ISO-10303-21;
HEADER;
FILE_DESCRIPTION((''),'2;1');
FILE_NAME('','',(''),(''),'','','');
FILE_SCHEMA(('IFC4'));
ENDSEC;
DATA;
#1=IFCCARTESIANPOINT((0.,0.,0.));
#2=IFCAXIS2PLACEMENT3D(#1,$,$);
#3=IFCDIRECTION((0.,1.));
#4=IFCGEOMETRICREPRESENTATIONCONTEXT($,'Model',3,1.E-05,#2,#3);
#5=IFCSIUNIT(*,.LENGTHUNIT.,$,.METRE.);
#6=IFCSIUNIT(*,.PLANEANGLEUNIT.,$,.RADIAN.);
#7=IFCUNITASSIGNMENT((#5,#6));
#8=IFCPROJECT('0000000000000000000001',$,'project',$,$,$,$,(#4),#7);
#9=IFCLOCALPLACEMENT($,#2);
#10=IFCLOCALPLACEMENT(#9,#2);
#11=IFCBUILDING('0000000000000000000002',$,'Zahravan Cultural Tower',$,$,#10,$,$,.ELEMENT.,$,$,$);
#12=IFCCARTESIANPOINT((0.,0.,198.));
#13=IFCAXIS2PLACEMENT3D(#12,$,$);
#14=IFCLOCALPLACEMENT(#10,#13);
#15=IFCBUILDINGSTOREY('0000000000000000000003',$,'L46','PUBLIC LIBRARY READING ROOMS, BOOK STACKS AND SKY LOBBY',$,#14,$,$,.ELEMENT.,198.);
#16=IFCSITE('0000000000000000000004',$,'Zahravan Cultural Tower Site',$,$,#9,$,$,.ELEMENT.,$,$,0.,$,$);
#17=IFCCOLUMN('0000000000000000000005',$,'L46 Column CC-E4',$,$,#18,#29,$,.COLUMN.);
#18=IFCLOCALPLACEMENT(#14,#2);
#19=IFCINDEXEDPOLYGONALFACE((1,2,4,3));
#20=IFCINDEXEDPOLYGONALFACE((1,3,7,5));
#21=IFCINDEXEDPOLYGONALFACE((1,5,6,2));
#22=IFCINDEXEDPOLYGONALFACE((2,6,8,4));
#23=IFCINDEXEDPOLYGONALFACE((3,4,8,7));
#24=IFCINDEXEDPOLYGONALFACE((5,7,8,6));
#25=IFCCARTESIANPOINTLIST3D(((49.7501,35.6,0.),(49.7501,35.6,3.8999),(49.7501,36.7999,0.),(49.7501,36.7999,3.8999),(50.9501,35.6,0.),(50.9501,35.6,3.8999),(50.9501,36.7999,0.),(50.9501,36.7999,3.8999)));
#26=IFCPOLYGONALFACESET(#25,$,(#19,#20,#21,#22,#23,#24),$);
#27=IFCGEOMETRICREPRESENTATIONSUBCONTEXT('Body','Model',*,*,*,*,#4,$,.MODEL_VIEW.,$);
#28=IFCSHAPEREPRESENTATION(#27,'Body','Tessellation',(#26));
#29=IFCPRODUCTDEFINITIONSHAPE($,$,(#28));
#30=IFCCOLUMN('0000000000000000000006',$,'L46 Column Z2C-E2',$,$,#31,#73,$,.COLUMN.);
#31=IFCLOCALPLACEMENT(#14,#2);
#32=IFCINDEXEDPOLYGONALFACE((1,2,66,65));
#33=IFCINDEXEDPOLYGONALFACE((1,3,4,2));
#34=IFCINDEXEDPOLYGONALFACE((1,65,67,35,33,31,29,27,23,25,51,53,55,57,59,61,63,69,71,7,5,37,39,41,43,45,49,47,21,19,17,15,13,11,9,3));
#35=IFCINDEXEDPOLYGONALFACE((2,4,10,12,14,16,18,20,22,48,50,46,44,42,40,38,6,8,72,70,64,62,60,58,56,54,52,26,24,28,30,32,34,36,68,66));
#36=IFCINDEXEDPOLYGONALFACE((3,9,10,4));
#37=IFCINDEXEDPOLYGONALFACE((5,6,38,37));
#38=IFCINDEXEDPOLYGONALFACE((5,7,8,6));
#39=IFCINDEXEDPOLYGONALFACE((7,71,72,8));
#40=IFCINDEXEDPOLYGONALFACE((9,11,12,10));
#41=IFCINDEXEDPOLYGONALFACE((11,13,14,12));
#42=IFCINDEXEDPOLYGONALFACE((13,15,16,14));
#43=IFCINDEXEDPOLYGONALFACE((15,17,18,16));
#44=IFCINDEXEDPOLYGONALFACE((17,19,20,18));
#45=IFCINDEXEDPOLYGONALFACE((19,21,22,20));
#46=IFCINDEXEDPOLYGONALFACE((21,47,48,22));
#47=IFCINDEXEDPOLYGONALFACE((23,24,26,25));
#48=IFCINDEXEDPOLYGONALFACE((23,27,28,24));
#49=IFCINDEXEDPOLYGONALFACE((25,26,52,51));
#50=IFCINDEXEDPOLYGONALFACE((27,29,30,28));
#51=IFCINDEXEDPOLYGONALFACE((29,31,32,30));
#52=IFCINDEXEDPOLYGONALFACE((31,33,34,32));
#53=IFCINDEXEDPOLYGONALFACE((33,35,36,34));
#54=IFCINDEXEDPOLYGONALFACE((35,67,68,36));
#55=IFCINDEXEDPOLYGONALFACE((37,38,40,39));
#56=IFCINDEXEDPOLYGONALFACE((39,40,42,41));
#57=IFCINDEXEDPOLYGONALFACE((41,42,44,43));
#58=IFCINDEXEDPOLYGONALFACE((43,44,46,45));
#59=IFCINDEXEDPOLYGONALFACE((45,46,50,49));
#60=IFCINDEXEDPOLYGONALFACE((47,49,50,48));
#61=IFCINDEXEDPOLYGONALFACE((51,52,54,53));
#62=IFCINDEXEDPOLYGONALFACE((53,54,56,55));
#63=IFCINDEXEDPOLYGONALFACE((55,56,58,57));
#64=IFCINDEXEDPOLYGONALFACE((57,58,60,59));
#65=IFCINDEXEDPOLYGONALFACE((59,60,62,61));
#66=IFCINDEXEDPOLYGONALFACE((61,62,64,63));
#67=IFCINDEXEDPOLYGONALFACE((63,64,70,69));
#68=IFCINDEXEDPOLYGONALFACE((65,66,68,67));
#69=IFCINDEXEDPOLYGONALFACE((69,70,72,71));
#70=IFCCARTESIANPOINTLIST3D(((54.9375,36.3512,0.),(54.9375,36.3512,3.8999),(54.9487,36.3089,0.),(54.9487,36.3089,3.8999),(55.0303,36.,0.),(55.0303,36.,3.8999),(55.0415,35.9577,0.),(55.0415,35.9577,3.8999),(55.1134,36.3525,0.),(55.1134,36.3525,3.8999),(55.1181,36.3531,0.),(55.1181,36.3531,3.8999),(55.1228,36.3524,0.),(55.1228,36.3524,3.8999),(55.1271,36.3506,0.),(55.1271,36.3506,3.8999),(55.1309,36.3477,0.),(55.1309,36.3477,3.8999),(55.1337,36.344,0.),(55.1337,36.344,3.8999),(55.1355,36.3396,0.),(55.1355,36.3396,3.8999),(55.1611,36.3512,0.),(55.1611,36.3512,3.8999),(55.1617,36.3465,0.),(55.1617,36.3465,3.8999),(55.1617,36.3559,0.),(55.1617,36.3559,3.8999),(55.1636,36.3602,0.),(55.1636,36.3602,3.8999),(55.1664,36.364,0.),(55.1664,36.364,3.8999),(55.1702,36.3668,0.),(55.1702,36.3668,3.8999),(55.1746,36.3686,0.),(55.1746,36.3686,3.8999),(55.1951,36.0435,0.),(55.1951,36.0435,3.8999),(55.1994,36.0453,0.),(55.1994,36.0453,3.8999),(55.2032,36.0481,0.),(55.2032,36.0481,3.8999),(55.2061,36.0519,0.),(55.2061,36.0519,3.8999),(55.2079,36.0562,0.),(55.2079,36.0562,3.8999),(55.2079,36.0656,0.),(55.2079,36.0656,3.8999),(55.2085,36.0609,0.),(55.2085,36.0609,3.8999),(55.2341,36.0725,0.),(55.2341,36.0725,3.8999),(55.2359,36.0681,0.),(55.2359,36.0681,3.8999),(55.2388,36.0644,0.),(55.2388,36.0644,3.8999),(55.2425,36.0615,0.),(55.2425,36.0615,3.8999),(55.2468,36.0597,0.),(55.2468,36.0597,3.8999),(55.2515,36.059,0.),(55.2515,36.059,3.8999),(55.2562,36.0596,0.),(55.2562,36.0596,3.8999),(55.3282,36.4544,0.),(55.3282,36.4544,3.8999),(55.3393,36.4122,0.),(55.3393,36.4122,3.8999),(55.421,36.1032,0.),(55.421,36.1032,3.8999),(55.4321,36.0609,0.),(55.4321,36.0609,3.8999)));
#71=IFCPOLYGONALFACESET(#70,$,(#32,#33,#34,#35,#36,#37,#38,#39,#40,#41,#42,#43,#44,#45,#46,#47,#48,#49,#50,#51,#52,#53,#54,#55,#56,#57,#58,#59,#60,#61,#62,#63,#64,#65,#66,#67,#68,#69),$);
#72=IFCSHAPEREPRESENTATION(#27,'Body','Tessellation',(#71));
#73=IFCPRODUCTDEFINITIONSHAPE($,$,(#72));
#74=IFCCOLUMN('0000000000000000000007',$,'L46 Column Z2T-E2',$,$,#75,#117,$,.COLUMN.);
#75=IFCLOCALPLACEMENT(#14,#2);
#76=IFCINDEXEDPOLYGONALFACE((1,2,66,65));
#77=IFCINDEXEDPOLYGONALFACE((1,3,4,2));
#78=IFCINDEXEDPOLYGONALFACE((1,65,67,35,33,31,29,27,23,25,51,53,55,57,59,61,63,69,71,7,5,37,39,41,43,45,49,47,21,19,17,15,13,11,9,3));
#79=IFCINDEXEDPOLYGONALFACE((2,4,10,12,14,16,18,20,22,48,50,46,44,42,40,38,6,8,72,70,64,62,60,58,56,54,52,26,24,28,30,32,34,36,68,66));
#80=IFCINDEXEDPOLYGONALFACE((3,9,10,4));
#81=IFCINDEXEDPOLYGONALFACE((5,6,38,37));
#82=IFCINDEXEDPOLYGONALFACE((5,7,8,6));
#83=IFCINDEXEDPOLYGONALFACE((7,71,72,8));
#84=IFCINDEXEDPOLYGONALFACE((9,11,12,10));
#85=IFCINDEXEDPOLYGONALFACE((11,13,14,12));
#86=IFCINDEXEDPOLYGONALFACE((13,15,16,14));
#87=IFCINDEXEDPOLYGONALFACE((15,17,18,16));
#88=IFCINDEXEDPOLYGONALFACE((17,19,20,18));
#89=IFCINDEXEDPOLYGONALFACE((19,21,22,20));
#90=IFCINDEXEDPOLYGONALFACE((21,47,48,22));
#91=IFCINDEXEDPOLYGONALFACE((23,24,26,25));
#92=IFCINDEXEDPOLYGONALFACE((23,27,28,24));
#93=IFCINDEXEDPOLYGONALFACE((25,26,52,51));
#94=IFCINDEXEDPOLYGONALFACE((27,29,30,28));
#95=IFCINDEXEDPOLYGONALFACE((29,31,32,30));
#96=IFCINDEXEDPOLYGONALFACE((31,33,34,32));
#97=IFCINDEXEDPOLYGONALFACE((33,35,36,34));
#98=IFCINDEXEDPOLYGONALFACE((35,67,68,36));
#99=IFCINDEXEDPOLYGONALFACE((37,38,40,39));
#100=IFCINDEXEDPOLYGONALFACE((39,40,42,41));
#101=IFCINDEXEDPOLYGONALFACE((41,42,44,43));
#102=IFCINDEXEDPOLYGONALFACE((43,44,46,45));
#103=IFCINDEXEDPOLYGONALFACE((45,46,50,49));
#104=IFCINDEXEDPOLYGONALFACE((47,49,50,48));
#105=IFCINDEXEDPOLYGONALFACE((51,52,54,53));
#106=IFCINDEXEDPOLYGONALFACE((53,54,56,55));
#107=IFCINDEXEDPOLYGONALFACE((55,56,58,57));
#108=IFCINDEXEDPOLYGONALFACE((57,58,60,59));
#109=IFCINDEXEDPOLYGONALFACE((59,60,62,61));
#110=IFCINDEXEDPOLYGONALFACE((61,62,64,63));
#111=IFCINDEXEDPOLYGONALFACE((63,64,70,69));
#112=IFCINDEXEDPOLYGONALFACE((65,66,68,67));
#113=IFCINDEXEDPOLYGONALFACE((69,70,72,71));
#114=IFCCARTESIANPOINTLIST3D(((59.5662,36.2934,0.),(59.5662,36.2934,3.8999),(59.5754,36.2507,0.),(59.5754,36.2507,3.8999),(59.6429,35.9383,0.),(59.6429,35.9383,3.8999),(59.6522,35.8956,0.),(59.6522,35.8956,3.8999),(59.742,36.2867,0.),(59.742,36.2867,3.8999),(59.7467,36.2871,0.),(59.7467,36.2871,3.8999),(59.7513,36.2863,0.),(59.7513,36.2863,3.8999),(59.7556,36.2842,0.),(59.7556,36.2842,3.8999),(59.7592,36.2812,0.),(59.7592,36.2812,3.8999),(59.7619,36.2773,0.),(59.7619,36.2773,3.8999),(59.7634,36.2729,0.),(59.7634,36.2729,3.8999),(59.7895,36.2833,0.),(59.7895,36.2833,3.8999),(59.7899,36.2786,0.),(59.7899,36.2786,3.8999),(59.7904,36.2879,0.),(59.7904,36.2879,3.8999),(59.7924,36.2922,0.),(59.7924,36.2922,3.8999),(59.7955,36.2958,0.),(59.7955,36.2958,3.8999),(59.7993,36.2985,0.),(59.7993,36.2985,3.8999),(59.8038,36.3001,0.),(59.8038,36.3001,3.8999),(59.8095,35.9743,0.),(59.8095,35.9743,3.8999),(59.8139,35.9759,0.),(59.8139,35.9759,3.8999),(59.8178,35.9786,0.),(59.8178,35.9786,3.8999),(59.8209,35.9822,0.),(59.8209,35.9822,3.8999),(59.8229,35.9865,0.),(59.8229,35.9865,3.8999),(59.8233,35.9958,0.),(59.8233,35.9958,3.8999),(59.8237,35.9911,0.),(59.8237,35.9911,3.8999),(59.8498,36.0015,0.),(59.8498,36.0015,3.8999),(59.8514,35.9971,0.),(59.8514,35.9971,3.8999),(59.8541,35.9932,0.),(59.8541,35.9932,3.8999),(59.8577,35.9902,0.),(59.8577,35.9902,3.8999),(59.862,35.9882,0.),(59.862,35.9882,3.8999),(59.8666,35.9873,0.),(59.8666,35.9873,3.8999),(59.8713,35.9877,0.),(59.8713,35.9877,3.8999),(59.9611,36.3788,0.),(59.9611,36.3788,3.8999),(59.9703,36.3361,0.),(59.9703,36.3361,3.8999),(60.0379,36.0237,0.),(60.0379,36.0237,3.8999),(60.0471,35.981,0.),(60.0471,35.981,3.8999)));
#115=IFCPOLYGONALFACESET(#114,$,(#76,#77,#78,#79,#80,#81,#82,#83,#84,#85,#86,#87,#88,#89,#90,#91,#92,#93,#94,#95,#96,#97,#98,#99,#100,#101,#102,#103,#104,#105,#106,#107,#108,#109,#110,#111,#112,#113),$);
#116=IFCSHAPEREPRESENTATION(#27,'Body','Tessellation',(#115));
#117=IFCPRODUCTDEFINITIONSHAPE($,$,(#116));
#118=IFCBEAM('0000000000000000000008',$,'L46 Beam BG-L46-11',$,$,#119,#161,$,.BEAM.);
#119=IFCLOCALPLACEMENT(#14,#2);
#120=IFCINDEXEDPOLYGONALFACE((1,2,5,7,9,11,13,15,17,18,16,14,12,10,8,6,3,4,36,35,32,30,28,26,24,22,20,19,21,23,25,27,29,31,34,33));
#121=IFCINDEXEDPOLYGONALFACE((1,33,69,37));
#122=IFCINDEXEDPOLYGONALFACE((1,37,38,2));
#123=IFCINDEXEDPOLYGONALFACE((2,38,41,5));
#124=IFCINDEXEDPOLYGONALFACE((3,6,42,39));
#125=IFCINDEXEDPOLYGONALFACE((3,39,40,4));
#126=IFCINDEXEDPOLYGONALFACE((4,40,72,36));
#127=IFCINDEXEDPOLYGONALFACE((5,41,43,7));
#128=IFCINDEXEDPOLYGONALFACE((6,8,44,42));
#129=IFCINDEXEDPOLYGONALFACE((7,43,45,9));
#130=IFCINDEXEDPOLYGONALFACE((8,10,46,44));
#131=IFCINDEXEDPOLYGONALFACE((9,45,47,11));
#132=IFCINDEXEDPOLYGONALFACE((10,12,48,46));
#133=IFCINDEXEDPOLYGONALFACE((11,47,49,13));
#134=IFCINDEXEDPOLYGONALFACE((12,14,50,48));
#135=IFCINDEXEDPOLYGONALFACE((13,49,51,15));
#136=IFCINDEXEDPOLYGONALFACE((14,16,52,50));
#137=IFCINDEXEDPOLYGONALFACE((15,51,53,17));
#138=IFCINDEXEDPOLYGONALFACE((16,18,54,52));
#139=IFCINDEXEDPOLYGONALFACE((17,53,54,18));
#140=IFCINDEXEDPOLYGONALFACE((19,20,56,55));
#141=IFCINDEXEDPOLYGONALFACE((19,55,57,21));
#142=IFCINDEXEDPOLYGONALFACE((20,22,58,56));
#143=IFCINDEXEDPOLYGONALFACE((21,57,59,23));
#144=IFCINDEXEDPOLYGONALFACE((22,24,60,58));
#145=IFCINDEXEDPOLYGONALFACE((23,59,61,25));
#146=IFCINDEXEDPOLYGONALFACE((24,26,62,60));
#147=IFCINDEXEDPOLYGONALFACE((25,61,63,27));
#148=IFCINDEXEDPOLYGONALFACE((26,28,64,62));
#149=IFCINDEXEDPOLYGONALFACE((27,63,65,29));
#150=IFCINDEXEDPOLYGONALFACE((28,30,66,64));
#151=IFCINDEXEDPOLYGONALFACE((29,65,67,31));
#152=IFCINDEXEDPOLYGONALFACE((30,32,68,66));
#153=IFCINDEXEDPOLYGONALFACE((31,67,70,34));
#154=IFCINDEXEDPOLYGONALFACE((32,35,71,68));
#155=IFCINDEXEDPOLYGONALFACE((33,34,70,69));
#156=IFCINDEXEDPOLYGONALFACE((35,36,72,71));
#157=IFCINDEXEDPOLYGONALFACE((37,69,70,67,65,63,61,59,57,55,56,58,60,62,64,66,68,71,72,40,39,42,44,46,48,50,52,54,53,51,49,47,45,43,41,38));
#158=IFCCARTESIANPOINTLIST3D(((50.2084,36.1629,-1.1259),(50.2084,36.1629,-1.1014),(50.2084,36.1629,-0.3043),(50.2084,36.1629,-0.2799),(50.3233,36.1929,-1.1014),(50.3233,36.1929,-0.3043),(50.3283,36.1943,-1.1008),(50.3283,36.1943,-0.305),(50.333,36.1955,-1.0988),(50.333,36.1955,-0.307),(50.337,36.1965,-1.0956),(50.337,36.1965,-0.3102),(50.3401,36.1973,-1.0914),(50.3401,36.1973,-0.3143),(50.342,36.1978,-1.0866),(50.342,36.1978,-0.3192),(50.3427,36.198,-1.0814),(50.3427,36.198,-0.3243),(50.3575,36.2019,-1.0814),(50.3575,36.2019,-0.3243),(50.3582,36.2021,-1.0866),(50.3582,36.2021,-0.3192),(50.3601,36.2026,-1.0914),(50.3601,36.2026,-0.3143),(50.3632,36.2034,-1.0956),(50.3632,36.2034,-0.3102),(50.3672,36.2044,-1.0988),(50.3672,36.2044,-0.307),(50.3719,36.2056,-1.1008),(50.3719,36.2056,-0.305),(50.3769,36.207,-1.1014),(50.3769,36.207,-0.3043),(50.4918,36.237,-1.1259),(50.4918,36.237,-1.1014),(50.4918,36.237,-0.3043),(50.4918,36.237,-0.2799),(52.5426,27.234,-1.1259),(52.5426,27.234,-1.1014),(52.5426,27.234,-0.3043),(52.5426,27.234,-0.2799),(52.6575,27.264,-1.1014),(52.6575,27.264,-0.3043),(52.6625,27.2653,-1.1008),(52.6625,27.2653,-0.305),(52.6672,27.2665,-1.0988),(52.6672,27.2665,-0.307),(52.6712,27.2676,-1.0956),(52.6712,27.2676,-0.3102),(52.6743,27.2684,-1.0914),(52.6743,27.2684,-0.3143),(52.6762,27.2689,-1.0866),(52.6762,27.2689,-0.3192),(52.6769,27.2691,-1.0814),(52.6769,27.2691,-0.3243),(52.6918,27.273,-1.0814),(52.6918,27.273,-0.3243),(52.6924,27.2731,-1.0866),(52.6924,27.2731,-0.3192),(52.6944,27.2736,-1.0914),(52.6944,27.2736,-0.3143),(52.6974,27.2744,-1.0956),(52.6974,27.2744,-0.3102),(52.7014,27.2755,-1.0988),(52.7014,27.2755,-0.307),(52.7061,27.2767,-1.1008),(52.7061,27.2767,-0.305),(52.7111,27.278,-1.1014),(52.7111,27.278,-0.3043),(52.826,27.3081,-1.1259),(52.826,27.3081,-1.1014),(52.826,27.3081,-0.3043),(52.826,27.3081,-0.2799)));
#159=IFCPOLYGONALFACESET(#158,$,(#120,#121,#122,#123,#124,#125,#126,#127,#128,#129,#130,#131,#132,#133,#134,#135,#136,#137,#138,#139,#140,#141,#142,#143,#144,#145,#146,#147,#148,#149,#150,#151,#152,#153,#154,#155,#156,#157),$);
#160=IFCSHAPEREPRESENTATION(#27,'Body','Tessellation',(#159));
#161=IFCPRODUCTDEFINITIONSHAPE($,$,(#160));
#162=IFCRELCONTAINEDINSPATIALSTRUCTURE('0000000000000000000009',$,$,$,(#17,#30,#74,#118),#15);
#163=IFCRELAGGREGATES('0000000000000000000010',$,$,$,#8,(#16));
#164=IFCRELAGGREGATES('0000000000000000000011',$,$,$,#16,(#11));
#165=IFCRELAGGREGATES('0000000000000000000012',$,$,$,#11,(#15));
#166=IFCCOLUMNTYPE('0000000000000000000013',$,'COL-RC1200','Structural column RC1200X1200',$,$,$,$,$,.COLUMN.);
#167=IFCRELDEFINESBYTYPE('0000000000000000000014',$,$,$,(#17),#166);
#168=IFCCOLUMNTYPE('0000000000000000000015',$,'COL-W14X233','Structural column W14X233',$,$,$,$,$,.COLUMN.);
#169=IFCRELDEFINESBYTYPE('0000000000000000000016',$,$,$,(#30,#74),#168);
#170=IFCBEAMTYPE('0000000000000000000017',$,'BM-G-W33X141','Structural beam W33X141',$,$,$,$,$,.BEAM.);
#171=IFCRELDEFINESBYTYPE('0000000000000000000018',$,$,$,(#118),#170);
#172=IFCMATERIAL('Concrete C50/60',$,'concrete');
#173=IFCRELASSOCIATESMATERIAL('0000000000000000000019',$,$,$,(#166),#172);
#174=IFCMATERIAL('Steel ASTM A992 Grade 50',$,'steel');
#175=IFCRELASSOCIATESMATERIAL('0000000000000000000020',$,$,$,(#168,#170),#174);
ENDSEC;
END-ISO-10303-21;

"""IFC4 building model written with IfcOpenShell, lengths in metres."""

from ifc_helpers import new_model, si_unit, direction, frame, origin, origin_2d, place, context, subcontext, project, spatial, rectangle, i_section, extrude, source, transform, mapped, material, material_profile, profile_set, type_object, element, save


model = new_model("IFC4")

# Units and contexts
model_context = context("Model", 3, precision=1e-05, world=origin(), true_north=direction((0.0, 1.0)))
body_context = subcontext(model_context, "Body", "Model", "MODEL_VIEW")
ifc_project = project(units=[si_unit("LENGTHUNIT", "METRE"), si_unit("PLANEANGLEUNIT", "RADIAN")], contexts=[model_context])

# Site, building, storey
site_placement = place(None, origin())
site = spatial("IfcSite", under=ifc_project, at=site_placement, Name="Zahravan Cultural Tower Site", CompositionType="ELEMENT", RefElevation=0.0)
building_placement = place(site_placement, origin())
building = spatial("IfcBuilding", under=site, at=building_placement, Name="Zahravan Cultural Tower", CompositionType="ELEMENT")
storey_placement = place(building_placement, frame((0.0, 0.0, 198.0)))
storey = spatial("IfcBuildingStorey", under=building, at=storey_placement, Name="L46", Description="PUBLIC LIBRARY READING ROOMS, BOOK STACKS AND SKY LOBBY", CompositionType="ELEMENT", Elevation=198.0)

# Columns
ifc_material_1 = material(Name="Concrete C50/60", Category="concrete")
ifc_material_profile_1 = material_profile(ifc_material_1, rectangle(XDim=1.2, YDim=1.2, at=origin_2d()), Name="RC1200X1200")
ifc_profile_set_1 = profile_set([ifc_material_profile_1], Name="Concrete C50/60")
column_type_1 = type_object("IfcColumnType", Name="COL-RC1200", Description="Structural column RC1200X1200", PredefinedType="COLUMN", material=ifc_profile_set_1)
shared_shape_1 = source(origin(), body_context, "Body", "SweptSolid", [
    extrude(rectangle(XDim=1.2, YDim=1.2, at=origin_2d()), origin(), (0.0, 0.0, 1.0), 3.8999),
])
column_placement = place(storey_placement, frame((50.3501, 36.2, 0.0), z_axis=(0.0, 0.0, 1.0), x_axis=(1.0, 0.0, 0.0)))
element("IfcColumn", 1, at=column_placement, inside=storey, type_object=column_type_1, Name="L46 Column CC-E4", PredefinedType="COLUMN", context=body_context, shape_type="MappedRepresentation", body=[
    mapped(shared_shape_1, transform((0.0, 0.0, 0.0), x_axis=(1.0, 0.0, 0.0), y_axis=(0.0, 1.0, 0.0), z_axis=(0.0, 0.0, 1.0), scale=1.0)),
])
ifc_material_2 = material(Name="Steel ASTM A992 Grade 50", Category="steel")
ifc_material_profile_2 = material_profile(ifc_material_2, i_section(OverallWidth=0.4041, OverallDepth=0.407, WebThickness=0.0271, FlangeThickness=0.0437, FilletRadius=0.0181, at=origin_2d()), Name="W14X233")
ifc_profile_set_2 = profile_set([ifc_material_profile_2], Name="Steel ASTM A992 Grade 50")
column_type_2 = type_object("IfcColumnType", Name="COL-W14X233", Description="Structural column W14X233", PredefinedType="COLUMN", material=ifc_profile_set_2)
shared_shape_2 = source(origin(), body_context, "Body", "SweptSolid", [
    extrude(i_section(OverallWidth=0.4041, OverallDepth=0.407, WebThickness=0.0271, FlangeThickness=0.0437, FilletRadius=0.0181, at=origin_2d()), origin(), (0.0, 0.0, 1.0), 3.8999),
])
for number, where, z_axis, x_axis, name in (
    (2, (55.1848, 36.2061, 0.0), (0.0, 0.0, 1.0), (0.966823, 0.255446, 0.0), "L46 Column Z2C-E2"),
    (3, (59.8066, 36.1372, 0.0), (0.0, 0.0, 1.0), (0.977416, 0.211325, 0.0), "L46 Column Z2T-E2"),
):
    element("IfcColumn", number, at=place(storey_placement, frame(where, z_axis=z_axis, x_axis=x_axis)), inside=storey, type_object=column_type_2, Name=name, PredefinedType="COLUMN", context=body_context, shape_type="MappedRepresentation", body=[
        mapped(shared_shape_2, transform((0.0, 0.0, 0.0), x_axis=(1.0, 0.0, 0.0), y_axis=(0.0, 1.0, 0.0), z_axis=(0.0, 0.0, 1.0), scale=1.0)),
    ])

# Beam
ifc_material_profile_3 = material_profile(ifc_material_2, i_section(OverallWidth=0.293, OverallDepth=0.8459, WebThickness=0.0154, FlangeThickness=0.0244, FilletRadius=0.02, at=origin_2d()), Name="W33X141")
ifc_profile_set_3 = profile_set([ifc_material_profile_3], Name="Steel ASTM A992 Grade 50")
beam_type_1 = type_object("IfcBeamType", Name="BM-G-W33X141", Description="Structural beam W33X141", PredefinedType="BEAM", material=ifc_profile_set_3)
shared_shape_3 = source(origin(), body_context, "Body", "SweptSolid", [
    extrude(i_section(OverallWidth=0.293, OverallDepth=0.8459, WebThickness=0.0154, FlangeThickness=0.0244, FilletRadius=0.02, at=origin_2d()), origin(), (0.0, 0.0, 1.0), 9.229),
])
beam_1_placement = place(storey_placement, frame((50.3501, 36.2, -0.7029), z_axis=(0.252923, -0.967487, 0.0), x_axis=(0.967487, 0.252923, 0.0)))
element("IfcBeam", 4, at=beam_1_placement, inside=storey, type_object=beam_type_1, Name="L46 Beam BG-L46-11", PredefinedType="BEAM", context=body_context, shape_type="MappedRepresentation", body=[
    mapped(shared_shape_3, transform((0.0, 0.0, 0.0), x_axis=(1.0, 0.0, 0.0), y_axis=(0.0, 1.0, 0.0), z_axis=(0.0, 0.0, 1.0), scale=1.0)),
])

save(model, "model.ifc")
